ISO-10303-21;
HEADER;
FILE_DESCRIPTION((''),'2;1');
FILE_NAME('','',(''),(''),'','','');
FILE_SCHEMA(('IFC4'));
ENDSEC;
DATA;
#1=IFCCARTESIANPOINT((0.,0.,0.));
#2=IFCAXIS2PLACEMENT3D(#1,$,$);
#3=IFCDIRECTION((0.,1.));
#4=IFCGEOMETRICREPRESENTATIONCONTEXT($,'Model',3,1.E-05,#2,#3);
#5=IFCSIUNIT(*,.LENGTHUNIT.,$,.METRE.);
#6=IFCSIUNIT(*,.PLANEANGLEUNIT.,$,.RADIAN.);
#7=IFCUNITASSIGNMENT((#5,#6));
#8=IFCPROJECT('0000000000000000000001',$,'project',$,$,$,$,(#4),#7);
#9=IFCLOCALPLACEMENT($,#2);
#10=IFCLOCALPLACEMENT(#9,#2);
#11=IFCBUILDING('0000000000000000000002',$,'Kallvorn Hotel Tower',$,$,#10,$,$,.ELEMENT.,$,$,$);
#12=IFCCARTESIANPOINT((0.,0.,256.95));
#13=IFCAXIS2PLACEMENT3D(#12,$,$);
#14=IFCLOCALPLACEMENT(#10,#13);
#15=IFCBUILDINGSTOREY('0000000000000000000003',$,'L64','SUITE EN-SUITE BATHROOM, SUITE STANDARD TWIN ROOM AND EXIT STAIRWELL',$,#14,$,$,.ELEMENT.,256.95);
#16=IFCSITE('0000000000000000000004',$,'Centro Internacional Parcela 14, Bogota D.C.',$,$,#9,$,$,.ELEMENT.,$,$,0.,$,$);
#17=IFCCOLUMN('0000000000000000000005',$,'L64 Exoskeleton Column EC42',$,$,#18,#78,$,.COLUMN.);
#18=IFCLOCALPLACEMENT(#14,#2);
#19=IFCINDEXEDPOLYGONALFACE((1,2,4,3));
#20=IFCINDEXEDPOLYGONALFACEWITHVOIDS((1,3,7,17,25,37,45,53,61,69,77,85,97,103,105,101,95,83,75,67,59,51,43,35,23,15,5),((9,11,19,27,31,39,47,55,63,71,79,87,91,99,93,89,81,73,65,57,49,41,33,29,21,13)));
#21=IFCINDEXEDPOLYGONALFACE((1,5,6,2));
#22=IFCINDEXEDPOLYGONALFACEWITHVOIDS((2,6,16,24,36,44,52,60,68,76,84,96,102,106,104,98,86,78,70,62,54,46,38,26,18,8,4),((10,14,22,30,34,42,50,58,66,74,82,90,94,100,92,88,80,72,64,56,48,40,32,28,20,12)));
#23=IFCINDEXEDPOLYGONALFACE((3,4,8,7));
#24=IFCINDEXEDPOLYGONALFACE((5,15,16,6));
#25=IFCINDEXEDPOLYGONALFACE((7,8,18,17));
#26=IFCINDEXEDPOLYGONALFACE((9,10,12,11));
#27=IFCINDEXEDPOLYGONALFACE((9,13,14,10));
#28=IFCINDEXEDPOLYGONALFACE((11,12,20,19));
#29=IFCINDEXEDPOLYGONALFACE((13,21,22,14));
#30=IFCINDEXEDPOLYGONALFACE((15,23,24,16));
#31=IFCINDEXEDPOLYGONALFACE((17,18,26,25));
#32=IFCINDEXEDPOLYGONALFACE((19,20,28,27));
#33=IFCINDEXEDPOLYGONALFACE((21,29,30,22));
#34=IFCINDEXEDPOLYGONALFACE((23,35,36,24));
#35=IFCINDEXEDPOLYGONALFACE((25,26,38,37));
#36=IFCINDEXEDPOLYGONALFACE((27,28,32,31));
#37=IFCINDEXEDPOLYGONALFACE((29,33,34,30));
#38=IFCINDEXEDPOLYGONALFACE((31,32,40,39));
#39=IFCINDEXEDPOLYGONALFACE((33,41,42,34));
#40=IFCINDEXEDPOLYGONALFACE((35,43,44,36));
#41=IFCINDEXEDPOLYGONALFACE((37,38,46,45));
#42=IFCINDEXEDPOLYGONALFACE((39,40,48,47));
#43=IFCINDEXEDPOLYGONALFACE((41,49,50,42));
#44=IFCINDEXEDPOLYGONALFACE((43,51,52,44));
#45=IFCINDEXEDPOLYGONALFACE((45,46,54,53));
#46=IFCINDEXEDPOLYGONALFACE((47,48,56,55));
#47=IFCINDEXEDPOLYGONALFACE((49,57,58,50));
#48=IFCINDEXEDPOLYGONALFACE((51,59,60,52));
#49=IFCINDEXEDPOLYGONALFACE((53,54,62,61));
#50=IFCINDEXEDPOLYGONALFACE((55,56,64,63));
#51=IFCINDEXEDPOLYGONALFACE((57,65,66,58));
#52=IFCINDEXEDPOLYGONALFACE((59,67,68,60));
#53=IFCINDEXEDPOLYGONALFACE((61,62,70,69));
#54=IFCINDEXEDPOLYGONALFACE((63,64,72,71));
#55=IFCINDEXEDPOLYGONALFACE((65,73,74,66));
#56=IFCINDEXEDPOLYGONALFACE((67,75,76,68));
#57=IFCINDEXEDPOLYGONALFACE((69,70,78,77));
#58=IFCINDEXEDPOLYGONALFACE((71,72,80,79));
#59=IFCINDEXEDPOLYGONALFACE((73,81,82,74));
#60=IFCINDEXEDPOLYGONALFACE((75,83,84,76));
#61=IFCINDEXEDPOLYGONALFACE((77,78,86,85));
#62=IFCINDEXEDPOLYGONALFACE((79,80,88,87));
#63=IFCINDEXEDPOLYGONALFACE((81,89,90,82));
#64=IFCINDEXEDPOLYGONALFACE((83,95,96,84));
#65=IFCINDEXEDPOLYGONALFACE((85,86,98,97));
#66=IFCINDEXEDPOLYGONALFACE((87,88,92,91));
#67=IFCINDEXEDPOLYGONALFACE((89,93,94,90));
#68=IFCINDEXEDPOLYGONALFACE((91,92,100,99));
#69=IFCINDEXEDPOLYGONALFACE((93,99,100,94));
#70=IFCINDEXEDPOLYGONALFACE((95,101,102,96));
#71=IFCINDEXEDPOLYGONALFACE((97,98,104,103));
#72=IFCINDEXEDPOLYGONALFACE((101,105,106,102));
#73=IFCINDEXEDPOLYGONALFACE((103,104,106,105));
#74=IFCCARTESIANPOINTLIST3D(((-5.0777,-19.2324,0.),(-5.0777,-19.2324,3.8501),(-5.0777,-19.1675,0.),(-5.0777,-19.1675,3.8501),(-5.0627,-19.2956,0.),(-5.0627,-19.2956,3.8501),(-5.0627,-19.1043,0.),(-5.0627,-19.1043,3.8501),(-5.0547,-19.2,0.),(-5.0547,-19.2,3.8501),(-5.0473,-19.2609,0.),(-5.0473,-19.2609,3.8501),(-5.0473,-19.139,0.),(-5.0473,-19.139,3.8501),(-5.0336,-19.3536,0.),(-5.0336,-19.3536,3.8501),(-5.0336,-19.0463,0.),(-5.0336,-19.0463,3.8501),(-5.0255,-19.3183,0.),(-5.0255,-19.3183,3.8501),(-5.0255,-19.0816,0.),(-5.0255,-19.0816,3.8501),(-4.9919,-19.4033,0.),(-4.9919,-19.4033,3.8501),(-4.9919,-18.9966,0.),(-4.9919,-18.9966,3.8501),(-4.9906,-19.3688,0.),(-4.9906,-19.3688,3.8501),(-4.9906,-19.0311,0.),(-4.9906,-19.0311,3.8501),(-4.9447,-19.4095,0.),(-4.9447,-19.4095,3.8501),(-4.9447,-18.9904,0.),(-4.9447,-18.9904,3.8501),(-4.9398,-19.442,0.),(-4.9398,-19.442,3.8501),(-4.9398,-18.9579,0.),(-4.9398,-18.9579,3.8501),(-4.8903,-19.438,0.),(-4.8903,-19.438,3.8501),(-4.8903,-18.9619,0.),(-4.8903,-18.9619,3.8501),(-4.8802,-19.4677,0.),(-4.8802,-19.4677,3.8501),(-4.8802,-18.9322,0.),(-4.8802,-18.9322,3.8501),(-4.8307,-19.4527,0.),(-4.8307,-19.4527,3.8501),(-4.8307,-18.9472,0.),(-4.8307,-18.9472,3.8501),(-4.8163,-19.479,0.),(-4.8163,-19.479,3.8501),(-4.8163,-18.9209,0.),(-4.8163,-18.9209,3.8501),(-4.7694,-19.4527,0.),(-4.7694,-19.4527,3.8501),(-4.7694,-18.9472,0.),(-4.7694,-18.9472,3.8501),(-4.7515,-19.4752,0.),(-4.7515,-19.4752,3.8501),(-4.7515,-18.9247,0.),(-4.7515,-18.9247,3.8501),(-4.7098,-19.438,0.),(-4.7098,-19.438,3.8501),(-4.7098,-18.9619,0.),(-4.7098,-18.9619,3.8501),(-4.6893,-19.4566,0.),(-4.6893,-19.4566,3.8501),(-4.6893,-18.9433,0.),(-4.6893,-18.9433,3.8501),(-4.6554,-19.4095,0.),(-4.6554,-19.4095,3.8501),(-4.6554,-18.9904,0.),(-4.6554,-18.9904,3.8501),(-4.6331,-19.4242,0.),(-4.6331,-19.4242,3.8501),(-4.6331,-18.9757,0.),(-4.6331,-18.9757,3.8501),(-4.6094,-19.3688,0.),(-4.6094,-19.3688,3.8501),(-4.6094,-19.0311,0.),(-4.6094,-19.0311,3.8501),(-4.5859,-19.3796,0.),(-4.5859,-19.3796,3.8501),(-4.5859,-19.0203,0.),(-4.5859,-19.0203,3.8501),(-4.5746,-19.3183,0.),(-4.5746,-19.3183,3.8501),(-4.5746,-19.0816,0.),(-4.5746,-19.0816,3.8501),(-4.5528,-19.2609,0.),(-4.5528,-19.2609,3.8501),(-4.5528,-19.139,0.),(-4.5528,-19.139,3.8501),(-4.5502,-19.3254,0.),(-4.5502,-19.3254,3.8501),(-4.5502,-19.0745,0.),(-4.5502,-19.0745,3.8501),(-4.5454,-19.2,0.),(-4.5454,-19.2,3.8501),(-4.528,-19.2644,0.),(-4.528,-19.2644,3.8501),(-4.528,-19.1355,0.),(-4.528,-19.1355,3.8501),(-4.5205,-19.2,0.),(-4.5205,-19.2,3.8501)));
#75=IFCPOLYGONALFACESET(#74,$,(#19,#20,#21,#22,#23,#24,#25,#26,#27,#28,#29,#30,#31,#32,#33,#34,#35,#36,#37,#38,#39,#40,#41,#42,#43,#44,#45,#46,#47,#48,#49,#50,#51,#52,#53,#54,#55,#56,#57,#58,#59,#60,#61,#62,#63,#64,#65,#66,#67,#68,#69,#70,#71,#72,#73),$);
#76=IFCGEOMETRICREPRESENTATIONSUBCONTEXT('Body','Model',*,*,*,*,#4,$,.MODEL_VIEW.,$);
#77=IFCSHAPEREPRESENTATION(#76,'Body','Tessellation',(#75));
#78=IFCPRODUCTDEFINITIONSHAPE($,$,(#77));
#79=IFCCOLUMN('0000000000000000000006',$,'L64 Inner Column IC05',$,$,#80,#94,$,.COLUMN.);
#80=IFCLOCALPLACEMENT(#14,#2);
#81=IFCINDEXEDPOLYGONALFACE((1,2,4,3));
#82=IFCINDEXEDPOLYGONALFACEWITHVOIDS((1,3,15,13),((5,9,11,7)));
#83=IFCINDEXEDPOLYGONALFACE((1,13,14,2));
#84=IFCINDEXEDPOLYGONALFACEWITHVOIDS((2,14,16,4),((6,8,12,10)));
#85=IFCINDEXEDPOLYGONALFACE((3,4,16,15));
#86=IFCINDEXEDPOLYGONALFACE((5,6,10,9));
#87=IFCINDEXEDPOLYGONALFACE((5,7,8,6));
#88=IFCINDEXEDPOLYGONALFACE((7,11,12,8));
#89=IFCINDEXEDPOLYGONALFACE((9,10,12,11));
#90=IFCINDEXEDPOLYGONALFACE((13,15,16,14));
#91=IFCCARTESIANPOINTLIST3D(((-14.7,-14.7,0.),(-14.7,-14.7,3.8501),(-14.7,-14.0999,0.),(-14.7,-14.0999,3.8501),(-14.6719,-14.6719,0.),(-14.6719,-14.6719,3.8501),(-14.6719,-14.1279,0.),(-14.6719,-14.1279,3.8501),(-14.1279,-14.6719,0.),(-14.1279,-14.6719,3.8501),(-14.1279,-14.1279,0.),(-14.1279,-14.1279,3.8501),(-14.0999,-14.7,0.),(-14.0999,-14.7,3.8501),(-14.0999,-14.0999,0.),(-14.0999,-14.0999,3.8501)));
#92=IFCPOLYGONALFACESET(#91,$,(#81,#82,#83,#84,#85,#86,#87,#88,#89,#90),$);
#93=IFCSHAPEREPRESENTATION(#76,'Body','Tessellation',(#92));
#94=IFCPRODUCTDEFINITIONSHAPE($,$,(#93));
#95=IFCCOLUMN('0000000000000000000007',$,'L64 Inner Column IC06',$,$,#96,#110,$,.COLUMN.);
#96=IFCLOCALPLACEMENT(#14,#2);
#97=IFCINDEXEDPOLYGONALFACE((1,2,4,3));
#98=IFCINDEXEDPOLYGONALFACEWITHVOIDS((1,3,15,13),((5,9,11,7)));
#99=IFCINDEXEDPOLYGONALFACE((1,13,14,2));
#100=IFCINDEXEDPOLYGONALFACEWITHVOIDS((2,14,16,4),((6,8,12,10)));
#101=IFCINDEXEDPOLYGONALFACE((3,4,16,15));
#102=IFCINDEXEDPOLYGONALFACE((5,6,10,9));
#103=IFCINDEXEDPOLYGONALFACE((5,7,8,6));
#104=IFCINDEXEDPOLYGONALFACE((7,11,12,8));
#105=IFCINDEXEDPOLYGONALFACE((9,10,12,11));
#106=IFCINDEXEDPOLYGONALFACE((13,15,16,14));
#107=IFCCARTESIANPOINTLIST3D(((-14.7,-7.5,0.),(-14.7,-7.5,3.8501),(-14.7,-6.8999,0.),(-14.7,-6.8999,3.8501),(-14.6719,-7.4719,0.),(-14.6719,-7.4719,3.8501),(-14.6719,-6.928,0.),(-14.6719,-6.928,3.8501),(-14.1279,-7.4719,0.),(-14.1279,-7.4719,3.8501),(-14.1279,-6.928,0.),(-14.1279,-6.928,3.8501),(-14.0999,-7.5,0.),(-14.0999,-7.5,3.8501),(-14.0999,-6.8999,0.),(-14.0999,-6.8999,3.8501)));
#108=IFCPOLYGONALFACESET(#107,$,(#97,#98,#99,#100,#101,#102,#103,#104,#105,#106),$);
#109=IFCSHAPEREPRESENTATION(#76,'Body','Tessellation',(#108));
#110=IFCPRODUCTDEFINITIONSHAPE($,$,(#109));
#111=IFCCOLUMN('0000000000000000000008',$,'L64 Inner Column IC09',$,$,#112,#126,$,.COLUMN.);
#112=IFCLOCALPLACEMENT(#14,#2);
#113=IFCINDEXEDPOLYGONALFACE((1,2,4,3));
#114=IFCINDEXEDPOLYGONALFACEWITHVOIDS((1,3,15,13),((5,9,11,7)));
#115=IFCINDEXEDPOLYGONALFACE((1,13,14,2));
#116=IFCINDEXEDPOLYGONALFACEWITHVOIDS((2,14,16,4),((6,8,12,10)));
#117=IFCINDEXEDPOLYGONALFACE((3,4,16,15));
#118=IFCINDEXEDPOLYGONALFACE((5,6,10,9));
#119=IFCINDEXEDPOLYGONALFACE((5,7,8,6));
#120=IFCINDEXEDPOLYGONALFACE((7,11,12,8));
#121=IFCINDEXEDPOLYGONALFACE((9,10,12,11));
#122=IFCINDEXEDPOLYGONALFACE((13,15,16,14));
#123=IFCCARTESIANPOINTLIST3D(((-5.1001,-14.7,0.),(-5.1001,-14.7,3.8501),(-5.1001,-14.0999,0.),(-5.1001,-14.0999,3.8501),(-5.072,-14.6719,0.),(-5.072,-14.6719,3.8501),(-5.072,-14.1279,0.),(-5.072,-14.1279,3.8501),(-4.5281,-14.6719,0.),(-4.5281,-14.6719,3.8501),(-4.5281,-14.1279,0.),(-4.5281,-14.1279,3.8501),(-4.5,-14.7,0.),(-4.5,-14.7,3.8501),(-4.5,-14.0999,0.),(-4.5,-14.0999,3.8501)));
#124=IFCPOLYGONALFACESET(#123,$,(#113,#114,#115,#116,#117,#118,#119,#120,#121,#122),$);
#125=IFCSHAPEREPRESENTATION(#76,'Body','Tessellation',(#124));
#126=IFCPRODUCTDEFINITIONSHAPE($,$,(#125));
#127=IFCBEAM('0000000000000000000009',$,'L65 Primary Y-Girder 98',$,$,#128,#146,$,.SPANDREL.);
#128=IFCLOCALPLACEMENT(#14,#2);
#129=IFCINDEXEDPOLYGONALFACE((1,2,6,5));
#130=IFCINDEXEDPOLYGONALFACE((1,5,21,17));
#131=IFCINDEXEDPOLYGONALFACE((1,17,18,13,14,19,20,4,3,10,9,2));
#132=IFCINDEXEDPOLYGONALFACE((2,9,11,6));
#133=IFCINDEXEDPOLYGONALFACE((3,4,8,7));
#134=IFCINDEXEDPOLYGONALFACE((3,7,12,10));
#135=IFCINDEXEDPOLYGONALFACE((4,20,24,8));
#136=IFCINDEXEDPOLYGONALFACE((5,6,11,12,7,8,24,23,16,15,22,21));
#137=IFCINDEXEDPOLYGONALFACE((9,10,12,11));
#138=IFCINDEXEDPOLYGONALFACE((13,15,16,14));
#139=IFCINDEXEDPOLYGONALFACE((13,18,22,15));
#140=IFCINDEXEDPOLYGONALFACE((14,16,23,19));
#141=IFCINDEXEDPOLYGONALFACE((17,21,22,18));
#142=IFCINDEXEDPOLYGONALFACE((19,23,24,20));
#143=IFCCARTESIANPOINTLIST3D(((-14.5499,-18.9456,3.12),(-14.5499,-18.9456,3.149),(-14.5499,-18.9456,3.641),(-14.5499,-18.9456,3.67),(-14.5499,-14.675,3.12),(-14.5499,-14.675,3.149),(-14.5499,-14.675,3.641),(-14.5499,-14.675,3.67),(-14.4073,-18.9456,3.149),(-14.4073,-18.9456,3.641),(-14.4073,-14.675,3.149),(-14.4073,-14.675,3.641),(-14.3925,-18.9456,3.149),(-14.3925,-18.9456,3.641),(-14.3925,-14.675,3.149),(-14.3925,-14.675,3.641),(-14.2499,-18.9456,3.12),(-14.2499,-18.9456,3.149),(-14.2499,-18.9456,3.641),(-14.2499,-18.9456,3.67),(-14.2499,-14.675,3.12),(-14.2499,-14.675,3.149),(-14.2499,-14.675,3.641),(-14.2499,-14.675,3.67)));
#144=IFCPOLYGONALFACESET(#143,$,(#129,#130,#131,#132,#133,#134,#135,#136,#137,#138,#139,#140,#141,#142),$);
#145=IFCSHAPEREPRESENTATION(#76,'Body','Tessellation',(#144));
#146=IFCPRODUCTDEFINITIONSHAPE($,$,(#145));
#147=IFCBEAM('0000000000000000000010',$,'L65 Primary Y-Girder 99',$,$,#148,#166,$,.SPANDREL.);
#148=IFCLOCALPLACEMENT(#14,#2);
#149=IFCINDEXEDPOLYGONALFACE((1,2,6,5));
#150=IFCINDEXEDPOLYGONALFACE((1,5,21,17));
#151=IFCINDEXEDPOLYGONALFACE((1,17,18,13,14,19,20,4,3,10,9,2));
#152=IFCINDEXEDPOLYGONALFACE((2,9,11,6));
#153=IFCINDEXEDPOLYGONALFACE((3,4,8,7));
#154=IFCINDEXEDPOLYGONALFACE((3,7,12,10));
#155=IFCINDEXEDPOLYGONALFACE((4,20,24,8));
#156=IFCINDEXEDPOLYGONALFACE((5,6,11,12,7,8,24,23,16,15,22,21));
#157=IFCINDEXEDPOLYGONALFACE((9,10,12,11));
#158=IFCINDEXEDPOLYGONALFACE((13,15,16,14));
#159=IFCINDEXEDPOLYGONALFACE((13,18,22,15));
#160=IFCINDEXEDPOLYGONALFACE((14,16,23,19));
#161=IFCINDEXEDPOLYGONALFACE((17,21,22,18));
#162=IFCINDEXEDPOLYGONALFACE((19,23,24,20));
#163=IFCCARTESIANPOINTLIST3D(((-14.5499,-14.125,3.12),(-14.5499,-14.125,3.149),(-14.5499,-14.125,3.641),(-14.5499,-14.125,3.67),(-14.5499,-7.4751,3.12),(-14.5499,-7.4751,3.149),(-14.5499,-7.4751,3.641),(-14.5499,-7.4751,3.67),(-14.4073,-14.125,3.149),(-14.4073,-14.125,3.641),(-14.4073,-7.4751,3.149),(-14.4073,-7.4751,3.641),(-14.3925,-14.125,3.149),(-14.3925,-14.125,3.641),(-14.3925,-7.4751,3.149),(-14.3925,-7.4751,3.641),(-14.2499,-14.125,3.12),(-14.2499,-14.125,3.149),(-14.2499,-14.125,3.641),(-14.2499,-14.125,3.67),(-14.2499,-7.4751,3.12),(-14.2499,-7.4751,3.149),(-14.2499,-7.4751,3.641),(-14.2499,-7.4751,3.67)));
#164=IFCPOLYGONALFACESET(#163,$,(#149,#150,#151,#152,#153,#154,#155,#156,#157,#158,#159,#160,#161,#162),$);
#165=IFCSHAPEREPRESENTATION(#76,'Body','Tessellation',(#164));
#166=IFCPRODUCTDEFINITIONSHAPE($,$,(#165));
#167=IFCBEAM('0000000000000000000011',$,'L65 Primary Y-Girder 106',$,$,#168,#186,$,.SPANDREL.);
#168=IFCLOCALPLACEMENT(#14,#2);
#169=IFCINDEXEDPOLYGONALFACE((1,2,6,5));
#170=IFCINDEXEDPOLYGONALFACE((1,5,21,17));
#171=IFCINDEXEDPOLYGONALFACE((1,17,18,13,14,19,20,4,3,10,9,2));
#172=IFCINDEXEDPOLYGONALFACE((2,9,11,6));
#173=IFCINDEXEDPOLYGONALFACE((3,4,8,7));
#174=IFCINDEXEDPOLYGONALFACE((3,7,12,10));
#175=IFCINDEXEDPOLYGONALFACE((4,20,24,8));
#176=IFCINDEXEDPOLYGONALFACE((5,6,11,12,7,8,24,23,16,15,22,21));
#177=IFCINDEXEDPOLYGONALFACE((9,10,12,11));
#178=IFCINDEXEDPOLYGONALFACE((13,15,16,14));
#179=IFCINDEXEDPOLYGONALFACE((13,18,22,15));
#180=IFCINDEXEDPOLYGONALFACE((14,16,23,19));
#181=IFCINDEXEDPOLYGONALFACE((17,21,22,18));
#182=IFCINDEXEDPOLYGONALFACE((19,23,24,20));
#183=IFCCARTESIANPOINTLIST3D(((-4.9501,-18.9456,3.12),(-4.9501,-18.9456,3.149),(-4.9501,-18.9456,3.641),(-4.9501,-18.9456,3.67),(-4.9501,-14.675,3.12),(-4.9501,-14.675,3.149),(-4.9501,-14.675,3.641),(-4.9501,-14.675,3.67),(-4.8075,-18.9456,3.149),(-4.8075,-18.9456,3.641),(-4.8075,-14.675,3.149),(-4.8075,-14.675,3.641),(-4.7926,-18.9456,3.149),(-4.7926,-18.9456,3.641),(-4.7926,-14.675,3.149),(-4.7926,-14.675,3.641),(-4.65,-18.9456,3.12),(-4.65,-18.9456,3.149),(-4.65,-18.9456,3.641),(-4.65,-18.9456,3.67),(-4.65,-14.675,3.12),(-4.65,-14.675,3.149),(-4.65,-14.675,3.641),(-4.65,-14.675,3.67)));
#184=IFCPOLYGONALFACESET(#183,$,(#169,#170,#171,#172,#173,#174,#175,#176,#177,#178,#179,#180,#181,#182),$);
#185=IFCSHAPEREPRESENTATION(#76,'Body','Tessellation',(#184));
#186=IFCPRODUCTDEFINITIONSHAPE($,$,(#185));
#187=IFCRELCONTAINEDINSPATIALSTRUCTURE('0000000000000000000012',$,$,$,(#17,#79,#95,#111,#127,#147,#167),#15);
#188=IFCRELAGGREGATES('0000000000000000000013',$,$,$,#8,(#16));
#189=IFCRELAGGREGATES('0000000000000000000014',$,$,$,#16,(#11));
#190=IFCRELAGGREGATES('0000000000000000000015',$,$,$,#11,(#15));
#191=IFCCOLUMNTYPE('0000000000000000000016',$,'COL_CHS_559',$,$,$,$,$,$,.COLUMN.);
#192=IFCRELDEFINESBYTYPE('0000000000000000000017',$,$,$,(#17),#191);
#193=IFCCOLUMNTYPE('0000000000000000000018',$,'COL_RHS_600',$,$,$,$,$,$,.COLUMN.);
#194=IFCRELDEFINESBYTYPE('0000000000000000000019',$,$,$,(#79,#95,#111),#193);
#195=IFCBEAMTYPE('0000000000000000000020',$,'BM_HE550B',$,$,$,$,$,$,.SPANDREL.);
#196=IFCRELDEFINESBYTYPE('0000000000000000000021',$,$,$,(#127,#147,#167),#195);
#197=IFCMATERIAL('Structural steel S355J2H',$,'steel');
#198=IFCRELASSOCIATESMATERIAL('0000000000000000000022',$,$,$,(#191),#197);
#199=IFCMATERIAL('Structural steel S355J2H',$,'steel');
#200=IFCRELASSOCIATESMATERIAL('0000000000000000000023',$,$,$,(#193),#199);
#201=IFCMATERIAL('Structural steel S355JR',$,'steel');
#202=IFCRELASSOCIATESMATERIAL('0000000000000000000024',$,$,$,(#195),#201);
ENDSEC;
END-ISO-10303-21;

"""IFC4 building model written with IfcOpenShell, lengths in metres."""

from ifc_helpers import new_model, si_unit, direction, frame, origin, origin_2d, place, context, subcontext, project, spatial, hollow_rectangle, hollow_circle, i_section, extrude, material, material_profile, profile_set, type_object, element, save


model = new_model("IFC4")

# Units and contexts
model_context = context("Model", 3, precision=1e-05, world=origin(), true_north=direction((0.0, 1.0)))
body_context = subcontext(model_context, "Body", "Model", "MODEL_VIEW")
ifc_project = project(units=[si_unit("LENGTHUNIT", "METRE"), si_unit("PLANEANGLEUNIT", "RADIAN")], contexts=[model_context])

# Site, building, storey
site_placement = place(None, origin())
site = spatial("IfcSite", under=ifc_project, at=site_placement, Name="Centro Internacional Parcela 14, Bogota D.C.", CompositionType="ELEMENT", RefElevation=0.0)
building_placement = place(site_placement, origin())
building = spatial("IfcBuilding", under=site, at=building_placement, Name="Kallvorn Hotel Tower", CompositionType="ELEMENT")
storey_placement = place(building_placement, frame((0.0, 0.0, 256.95)))
storey = spatial("IfcBuildingStorey", under=building, at=storey_placement, Name="L64", Description="SUITE EN-SUITE BATHROOM, SUITE STANDARD TWIN ROOM AND EXIT STAIRWELL", CompositionType="ELEMENT", Elevation=256.95)

# Columns
ifc_material_1 = material(Name="Structural steel S355J2H", Category="steel")
ifc_material_profile_1 = material_profile(ifc_material_1, hollow_circle(Radius=0.2795, WallThickness=0.0249, at=origin_2d()), Name="CHS 559x25")
ifc_profile_set_1 = profile_set([ifc_material_profile_1], Name="Structural steel S355J2H")
column_type_1 = type_object("IfcColumnType", Name="COL_CHS_559", PredefinedType="COLUMN", material=ifc_profile_set_1)
for number, where, z_axis, x_axis, name in (
    (1, (-4.8, -19.2, 0.0), (0.0, 0.0, 1.0), (1.0, 0.0, 0.0), "L64 Exoskeleton Column EC42"),
):
    element("IfcColumn", number, at=place(storey_placement, frame(where, z_axis=z_axis, x_axis=x_axis)), inside=storey, type_object=column_type_1, Name=name, PredefinedType="COLUMN", context=body_context, shape_type="SweptSolid", body=[
        extrude(hollow_circle(Radius=0.2795, WallThickness=0.0249, at=origin_2d()), origin(), (0.0, 0.0, 1.0), 3.8501),
    ])
ifc_material_2 = material(Name="Structural steel S355J2H", Category="steel")
ifc_material_profile_2 = material_profile(ifc_material_2, hollow_rectangle(XDim=0.6001, YDim=0.6001, WallThickness=0.0281, at=origin_2d()), Name="RHS 600x600x28")
ifc_profile_set_2 = profile_set([ifc_material_profile_2], Name="Structural steel S355J2H")
column_type_2 = type_object("IfcColumnType", Name="COL_RHS_600", PredefinedType="COLUMN", material=ifc_profile_set_2)
for number, where, z_axis, x_axis, name in (
    (2, (-14.3999, -14.3999, 0.0), (0.0, 0.0, 1.0), (1.0, 0.0, 0.0), "L64 Inner Column IC05"),
    (3, (-14.3999, -7.2, 0.0), (0.0, 0.0, 1.0), (1.0, 0.0, 0.0), "L64 Inner Column IC06"),
    (4, (-4.8, -14.3999, 0.0), (0.0, 0.0, 1.0), (1.0, 0.0, 0.0), "L64 Inner Column IC09"),
):
    element("IfcColumn", number, at=place(storey_placement, frame(where, z_axis=z_axis, x_axis=x_axis)), inside=storey, type_object=column_type_2, Name=name, PredefinedType="COLUMN", context=body_context, shape_type="SweptSolid", body=[
        extrude(hollow_rectangle(XDim=0.6001, YDim=0.6001, WallThickness=0.0281, at=origin_2d()), origin(), (0.0, 0.0, 1.0), 3.8501),
    ])

# Beams
ifc_material_3 = material(Name="Structural steel S355JR", Category="steel")
ifc_material_profile_3 = material_profile(ifc_material_3, i_section(OverallWidth=0.3, OverallDepth=0.55, WebThickness=0.0149, FlangeThickness=0.0291, at=origin_2d()), Name="HE 550 B")
ifc_profile_set_3 = profile_set([ifc_material_profile_3], Name="Structural steel S355JR")
beam_type_1 = type_object("IfcBeamType", Name="BM_HE550B", PredefinedType="SPANDREL", material=ifc_profile_set_3)
beam_1_placement = place(storey_placement, frame((-14.3999, -18.9456, 3.395), z_axis=(0.0, 1.0, 0.0), x_axis=(-1.0, 0.0, 0.0)))
element("IfcBeam", 5, at=beam_1_placement, inside=storey, type_object=beam_type_1, Name="L65 Primary Y-Girder 98", PredefinedType="SPANDREL", context=body_context, shape_type="SweptSolid", body=[
    extrude(i_section(OverallWidth=0.3, OverallDepth=0.55, WebThickness=0.0149, FlangeThickness=0.0291, at=origin_2d()), origin(), (0.0, 0.0, 1.0), 4.2705),
])
beam_2_placement = place(storey_placement, frame((-14.3999, -14.125, 3.395), z_axis=(0.0, 1.0, 0.0), x_axis=(-1.0, 0.0, 0.0)))
element("IfcBeam", 6, at=beam_2_placement, inside=storey, type_object=beam_type_1, Name="L65 Primary Y-Girder 99", PredefinedType="SPANDREL", context=body_context, shape_type="SweptSolid", body=[
    extrude(i_section(OverallWidth=0.3, OverallDepth=0.55, WebThickness=0.0149, FlangeThickness=0.0291, at=origin_2d()), origin(), (0.0, 0.0, 1.0), 6.6499),
])
beam_3_placement = place(storey_placement, frame((-4.8, -18.9456, 3.395), z_axis=(0.0, 1.0, 0.0), x_axis=(-1.0, 0.0, 0.0)))
element("IfcBeam", 7, at=beam_3_placement, inside=storey, type_object=beam_type_1, Name="L65 Primary Y-Girder 106", PredefinedType="SPANDREL", context=body_context, shape_type="SweptSolid", body=[
    extrude(i_section(OverallWidth=0.3, OverallDepth=0.55, WebThickness=0.0149, FlangeThickness=0.0291, at=origin_2d()), origin(), (0.0, 0.0, 1.0), 4.2705),
])

save(model, "model.ifc")
